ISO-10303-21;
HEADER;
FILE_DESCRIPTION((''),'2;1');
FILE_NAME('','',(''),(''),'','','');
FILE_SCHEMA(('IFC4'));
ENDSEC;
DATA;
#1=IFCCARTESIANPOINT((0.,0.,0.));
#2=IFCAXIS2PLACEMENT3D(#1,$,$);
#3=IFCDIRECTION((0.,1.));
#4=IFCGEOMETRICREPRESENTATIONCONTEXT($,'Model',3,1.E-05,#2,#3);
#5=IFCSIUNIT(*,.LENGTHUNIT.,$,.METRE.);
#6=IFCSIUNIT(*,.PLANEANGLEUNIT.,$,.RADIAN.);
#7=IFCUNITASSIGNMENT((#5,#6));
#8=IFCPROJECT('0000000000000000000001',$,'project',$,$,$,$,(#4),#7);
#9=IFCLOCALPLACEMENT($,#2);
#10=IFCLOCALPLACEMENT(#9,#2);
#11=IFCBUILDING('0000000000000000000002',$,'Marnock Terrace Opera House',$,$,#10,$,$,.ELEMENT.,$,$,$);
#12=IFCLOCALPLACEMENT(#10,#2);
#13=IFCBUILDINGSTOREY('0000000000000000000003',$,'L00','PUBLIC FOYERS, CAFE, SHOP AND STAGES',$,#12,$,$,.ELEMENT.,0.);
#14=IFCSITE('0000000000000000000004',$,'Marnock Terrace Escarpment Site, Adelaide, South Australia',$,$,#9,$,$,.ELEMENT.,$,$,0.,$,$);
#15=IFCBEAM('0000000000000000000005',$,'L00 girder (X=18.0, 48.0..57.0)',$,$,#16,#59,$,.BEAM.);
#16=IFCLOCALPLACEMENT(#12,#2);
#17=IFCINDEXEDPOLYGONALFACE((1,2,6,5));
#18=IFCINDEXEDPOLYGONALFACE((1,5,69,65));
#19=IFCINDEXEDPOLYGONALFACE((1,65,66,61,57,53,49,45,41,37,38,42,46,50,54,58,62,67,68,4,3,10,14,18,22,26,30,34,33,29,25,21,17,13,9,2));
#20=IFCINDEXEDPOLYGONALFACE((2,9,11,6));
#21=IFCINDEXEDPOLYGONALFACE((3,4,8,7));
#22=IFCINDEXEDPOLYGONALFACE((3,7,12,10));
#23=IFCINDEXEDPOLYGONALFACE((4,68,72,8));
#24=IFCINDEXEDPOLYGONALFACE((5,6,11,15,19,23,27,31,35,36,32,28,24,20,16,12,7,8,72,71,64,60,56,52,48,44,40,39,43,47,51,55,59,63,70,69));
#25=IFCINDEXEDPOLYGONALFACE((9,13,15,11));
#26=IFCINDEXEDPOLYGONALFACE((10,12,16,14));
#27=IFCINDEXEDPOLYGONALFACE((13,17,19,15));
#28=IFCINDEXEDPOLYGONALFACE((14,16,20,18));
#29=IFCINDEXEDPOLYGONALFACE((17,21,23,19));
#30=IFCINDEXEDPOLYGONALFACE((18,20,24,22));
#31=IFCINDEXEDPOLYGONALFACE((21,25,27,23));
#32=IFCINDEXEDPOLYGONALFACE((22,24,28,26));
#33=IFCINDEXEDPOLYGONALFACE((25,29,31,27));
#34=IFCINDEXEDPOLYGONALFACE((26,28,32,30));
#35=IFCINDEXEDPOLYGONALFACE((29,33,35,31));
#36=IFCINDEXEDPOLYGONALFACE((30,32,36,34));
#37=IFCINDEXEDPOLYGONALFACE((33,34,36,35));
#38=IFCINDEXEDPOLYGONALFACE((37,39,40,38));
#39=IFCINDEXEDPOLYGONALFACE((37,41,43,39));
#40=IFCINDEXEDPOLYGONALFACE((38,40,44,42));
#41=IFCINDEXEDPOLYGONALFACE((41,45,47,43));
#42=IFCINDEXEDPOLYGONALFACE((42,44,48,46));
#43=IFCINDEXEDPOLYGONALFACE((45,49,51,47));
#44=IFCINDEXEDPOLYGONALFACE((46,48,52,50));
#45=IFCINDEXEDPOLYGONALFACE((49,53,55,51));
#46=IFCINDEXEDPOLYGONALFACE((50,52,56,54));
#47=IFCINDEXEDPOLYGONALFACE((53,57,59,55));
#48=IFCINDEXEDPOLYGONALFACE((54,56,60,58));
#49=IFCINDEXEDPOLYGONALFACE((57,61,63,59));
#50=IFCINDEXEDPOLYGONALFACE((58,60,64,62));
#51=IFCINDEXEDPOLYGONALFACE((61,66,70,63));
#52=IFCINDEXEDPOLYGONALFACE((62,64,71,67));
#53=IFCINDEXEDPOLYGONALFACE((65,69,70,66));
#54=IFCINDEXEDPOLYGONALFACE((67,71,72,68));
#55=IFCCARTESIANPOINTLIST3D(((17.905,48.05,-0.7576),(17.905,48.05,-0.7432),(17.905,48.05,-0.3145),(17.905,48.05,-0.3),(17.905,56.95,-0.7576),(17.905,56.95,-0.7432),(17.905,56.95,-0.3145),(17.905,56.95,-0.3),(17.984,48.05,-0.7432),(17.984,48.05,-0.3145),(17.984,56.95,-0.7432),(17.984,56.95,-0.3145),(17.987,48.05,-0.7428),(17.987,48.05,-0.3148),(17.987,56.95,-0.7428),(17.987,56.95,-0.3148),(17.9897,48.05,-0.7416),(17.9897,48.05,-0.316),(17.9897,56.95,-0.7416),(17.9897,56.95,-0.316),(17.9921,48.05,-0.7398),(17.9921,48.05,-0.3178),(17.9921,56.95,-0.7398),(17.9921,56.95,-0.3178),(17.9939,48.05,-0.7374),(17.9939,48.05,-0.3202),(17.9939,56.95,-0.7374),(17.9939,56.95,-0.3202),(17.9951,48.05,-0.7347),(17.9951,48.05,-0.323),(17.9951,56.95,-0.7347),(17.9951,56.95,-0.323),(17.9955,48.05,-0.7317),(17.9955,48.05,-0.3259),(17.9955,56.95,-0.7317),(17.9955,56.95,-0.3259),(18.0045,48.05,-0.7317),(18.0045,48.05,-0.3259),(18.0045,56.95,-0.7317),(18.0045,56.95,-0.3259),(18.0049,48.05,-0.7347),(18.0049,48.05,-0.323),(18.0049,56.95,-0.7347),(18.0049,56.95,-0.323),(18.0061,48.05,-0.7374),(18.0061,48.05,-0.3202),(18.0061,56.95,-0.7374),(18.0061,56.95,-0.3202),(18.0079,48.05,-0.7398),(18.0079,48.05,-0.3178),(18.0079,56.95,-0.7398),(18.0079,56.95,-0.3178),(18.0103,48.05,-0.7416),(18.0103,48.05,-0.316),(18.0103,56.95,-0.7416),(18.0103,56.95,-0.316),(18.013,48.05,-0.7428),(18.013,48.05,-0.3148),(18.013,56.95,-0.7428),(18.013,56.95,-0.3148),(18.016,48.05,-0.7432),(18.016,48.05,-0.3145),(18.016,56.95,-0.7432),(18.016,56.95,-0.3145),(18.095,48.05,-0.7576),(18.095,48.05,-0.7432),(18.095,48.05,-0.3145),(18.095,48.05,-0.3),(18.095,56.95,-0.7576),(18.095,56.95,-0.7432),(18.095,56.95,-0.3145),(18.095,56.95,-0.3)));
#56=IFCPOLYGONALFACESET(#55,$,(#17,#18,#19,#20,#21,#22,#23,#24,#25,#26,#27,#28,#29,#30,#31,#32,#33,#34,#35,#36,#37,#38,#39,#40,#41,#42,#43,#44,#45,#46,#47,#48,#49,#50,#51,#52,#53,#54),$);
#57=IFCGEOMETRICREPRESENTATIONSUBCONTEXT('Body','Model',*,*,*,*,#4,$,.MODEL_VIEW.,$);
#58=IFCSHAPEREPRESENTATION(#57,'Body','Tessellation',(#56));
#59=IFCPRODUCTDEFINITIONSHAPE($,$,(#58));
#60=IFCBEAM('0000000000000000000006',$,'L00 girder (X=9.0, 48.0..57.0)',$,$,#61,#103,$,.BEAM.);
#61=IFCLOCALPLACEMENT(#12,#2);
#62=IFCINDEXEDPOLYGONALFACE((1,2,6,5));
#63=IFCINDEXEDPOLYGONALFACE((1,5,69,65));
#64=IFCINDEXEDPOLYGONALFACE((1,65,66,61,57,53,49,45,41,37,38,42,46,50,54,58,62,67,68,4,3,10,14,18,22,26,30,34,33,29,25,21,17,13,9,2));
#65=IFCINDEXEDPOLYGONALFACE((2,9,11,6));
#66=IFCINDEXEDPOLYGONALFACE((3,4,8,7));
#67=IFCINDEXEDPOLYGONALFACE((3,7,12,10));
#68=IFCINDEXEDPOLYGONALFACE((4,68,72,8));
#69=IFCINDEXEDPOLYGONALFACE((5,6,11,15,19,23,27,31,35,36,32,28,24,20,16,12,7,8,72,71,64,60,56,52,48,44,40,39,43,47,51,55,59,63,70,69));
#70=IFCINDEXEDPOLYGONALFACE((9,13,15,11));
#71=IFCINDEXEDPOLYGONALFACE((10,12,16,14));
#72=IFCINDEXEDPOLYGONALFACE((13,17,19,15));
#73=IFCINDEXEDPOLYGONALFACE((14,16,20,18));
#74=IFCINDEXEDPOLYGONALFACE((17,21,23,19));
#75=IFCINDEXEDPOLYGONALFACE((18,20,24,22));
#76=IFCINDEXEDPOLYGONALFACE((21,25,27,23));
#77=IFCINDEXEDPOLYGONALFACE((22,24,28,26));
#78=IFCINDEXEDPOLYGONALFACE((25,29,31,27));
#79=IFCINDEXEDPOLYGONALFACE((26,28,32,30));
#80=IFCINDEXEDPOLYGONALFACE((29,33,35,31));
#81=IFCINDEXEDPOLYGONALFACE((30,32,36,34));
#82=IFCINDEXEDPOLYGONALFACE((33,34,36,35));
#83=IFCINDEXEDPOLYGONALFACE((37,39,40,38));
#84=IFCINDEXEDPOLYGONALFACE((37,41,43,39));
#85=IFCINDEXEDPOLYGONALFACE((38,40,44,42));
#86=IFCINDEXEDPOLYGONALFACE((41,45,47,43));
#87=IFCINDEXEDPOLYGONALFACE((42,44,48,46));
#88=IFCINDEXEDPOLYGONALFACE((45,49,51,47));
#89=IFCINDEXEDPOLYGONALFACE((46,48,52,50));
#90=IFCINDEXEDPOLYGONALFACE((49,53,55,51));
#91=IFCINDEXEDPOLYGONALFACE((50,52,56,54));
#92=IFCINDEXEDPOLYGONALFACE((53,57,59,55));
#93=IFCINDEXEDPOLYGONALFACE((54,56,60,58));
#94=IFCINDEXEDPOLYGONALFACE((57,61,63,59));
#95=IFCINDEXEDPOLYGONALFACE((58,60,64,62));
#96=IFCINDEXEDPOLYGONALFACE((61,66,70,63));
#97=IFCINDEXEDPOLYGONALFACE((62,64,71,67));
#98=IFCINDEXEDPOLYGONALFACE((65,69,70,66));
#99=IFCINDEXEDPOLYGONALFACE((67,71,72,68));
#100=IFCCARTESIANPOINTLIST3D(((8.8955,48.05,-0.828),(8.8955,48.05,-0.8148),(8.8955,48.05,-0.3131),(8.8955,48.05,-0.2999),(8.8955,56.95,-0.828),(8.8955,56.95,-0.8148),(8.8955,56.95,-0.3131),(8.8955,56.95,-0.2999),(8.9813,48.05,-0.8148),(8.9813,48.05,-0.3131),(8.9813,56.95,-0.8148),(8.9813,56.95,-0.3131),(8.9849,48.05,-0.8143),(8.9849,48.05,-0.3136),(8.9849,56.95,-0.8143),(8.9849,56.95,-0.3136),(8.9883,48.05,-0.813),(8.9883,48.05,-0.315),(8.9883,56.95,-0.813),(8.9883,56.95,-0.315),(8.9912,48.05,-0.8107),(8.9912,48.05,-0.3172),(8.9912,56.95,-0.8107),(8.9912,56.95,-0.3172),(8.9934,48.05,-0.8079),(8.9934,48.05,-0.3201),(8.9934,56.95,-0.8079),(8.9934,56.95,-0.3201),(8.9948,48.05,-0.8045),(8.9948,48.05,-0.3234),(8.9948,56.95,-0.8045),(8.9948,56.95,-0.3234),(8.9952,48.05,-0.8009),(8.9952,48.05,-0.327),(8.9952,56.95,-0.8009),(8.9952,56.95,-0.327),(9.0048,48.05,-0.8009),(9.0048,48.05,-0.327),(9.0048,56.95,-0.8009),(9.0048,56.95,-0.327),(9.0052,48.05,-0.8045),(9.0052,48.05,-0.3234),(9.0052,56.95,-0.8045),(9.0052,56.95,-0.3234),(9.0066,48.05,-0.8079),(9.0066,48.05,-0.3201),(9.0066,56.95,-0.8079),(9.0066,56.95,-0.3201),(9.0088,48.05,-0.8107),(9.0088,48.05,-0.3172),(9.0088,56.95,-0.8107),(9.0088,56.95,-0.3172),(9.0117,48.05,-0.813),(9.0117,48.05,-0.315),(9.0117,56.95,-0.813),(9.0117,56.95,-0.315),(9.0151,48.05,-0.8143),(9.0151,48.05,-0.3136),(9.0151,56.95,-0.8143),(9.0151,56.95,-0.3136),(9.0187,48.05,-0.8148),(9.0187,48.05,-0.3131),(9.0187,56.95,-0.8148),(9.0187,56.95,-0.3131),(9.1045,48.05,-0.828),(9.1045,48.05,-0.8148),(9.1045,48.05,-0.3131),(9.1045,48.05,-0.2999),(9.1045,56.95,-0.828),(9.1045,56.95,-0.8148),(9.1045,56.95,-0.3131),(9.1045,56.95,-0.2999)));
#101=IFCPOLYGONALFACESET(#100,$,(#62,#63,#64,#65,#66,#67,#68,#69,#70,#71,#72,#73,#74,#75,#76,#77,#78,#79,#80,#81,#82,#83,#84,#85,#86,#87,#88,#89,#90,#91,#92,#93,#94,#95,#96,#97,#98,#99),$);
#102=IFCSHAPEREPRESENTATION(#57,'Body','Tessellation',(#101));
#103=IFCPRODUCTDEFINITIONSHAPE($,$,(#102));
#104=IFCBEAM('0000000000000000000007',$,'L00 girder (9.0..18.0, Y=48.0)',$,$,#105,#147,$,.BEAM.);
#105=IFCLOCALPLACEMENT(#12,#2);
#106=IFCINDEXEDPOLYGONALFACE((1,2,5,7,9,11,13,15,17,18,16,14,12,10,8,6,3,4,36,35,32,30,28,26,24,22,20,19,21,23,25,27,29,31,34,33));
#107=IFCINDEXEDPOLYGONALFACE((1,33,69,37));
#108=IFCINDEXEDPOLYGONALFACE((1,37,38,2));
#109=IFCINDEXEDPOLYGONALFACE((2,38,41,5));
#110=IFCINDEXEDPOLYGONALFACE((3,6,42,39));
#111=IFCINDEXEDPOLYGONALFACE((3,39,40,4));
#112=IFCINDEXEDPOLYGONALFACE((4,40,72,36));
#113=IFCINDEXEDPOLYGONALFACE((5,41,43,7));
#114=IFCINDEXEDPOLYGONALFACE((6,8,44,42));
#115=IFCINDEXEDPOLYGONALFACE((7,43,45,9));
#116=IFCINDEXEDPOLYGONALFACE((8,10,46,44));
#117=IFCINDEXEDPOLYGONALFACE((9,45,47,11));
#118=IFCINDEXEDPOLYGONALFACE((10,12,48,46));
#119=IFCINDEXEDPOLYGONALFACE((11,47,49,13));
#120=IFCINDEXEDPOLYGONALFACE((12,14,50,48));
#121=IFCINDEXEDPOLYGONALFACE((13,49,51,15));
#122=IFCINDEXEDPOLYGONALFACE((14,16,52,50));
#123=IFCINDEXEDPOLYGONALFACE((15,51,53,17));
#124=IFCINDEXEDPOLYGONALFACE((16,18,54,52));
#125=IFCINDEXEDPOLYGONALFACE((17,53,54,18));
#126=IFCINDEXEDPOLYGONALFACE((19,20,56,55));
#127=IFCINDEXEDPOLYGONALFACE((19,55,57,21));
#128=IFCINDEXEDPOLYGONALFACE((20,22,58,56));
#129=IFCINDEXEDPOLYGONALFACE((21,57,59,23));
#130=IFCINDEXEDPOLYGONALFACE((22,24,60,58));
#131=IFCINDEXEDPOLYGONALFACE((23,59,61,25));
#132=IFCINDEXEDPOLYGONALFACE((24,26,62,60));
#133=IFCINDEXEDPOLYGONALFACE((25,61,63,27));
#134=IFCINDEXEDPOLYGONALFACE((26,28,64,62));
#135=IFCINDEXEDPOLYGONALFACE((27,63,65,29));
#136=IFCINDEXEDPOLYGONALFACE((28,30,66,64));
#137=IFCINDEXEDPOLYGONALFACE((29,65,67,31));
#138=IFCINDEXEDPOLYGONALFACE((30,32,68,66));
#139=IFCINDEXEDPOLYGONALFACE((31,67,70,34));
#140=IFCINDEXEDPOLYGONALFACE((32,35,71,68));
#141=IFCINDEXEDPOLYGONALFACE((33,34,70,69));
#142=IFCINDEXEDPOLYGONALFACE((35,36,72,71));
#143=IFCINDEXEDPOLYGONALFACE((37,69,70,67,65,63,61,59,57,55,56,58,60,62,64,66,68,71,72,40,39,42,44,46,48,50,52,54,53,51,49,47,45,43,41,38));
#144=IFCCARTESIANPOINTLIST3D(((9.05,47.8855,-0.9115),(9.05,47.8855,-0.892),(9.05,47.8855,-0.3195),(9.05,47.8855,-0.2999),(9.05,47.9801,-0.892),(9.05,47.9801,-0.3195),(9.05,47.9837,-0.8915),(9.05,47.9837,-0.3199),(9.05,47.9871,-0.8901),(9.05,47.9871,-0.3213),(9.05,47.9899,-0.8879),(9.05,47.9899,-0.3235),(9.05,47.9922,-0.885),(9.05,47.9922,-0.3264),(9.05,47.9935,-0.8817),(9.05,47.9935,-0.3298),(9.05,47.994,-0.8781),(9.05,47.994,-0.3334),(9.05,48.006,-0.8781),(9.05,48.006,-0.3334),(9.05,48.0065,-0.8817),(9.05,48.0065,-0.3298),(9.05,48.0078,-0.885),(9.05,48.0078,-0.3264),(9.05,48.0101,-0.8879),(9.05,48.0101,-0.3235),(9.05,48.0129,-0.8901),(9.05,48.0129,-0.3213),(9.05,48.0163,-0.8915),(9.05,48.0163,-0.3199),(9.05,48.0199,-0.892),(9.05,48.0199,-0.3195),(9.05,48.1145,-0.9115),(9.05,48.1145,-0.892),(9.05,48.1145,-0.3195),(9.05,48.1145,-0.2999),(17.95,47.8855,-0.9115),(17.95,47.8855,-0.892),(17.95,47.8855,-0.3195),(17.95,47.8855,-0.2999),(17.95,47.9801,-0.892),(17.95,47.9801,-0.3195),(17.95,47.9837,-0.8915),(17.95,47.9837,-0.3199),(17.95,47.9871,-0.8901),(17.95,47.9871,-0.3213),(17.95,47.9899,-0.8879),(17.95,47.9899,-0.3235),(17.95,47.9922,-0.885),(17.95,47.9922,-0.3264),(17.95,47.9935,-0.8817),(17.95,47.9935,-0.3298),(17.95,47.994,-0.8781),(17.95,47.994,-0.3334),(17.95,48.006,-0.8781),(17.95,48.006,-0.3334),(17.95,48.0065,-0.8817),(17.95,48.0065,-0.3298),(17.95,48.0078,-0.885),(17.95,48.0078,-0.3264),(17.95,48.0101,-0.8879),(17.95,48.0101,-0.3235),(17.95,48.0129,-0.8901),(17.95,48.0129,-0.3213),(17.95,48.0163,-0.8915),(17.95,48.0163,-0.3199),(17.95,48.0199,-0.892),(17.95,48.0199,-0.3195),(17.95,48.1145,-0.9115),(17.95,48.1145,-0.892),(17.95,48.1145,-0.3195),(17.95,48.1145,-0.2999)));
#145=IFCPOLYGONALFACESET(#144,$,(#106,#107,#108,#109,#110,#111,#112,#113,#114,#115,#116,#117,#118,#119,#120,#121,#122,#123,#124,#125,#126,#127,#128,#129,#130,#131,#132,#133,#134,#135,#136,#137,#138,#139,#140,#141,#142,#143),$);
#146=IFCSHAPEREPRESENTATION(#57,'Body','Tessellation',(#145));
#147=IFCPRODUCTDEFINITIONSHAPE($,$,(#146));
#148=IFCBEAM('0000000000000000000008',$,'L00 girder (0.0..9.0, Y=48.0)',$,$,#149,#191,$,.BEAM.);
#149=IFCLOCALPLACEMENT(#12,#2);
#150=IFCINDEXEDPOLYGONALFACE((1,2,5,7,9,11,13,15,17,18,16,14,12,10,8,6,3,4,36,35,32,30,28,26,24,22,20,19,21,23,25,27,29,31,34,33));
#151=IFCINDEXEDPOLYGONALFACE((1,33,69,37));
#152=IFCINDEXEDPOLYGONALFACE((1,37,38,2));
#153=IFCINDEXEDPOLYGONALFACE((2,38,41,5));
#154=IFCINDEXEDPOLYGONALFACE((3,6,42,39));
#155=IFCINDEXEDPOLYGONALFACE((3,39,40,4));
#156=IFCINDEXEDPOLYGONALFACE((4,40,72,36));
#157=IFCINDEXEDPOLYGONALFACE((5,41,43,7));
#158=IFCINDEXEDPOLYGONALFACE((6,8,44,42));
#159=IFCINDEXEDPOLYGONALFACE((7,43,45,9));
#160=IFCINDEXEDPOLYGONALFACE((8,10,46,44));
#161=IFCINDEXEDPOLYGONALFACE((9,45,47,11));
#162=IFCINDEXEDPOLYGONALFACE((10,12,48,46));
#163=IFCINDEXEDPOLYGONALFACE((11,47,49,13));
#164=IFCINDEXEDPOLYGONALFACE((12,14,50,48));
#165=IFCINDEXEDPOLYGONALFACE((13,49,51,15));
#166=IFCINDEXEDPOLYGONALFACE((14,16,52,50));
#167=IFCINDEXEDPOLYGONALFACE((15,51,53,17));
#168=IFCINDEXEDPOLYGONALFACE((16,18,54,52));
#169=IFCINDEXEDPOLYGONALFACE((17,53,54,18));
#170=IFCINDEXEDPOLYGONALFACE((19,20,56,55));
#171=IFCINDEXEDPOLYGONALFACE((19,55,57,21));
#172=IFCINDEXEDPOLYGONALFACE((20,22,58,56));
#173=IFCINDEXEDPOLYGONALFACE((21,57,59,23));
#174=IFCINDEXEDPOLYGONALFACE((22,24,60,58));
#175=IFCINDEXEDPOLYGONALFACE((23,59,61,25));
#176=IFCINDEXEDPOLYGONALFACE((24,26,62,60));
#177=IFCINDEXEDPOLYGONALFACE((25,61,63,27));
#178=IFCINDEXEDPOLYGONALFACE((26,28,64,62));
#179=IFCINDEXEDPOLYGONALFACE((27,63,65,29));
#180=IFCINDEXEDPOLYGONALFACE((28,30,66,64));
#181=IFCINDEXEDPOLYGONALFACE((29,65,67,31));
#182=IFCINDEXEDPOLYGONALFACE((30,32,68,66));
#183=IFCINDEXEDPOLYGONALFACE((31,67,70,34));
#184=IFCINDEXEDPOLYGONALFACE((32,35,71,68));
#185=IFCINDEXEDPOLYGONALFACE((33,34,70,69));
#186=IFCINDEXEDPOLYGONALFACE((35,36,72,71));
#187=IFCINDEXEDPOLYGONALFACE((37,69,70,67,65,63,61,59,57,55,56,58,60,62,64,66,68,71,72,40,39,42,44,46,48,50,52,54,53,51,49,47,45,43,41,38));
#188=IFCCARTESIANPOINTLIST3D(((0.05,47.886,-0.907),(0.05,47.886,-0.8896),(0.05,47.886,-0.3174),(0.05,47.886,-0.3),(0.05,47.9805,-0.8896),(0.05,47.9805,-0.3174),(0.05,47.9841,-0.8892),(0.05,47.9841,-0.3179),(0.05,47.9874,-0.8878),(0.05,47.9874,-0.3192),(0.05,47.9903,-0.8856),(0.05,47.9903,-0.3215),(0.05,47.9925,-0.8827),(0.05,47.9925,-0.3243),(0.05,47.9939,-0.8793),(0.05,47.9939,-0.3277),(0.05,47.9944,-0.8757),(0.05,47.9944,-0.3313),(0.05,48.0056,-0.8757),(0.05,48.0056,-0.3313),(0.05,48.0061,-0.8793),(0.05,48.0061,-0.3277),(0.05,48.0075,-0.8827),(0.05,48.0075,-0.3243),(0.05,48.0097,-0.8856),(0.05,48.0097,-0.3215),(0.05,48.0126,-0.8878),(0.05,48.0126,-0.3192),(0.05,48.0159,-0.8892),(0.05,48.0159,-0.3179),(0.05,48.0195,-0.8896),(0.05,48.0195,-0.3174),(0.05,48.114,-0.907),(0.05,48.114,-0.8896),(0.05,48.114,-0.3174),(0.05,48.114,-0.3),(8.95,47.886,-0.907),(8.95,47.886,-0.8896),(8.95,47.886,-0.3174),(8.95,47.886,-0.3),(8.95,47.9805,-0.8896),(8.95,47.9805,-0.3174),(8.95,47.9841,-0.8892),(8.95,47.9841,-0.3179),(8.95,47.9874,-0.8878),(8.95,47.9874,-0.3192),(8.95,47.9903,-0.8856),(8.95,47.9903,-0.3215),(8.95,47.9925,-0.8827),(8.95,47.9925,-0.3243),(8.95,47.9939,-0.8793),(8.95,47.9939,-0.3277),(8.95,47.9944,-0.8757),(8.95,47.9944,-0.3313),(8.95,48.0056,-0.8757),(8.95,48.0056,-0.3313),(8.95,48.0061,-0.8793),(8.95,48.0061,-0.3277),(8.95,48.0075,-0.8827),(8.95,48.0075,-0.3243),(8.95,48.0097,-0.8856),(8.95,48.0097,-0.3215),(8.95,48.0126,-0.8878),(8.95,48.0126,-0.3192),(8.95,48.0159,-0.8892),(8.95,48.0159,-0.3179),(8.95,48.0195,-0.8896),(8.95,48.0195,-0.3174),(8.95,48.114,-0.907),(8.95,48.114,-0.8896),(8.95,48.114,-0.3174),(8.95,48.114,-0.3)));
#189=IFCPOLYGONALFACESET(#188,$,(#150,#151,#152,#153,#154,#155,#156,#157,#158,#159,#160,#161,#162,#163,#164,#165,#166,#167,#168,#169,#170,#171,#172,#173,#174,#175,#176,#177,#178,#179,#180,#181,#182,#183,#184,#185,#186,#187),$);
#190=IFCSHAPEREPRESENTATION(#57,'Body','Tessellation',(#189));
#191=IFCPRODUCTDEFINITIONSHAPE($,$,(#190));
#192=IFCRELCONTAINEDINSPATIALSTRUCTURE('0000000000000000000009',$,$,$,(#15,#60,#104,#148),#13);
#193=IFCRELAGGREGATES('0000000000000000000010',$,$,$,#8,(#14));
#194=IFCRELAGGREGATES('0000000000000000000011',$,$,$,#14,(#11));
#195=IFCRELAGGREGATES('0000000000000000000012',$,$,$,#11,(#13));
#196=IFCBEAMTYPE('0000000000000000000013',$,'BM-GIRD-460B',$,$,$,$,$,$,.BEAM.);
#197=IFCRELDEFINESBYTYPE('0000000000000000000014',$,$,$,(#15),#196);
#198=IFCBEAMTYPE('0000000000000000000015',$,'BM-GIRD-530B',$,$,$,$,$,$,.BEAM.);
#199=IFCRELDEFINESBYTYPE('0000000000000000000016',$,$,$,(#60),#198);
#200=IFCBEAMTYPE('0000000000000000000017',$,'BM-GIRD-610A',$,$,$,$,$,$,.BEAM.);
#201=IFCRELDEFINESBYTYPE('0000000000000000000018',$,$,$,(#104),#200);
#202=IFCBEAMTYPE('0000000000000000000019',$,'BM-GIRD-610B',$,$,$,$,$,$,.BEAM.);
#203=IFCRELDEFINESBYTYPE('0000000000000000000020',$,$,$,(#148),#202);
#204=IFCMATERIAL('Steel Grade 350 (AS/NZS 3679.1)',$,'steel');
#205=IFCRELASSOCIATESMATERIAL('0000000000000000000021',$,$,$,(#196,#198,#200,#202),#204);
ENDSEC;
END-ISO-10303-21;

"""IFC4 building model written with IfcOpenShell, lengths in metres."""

from ifc_helpers import new_model, si_unit, direction, frame, origin, origin_2d, place, context, subcontext, project, spatial, i_section, extrude, material, material_profile, profile_set, type_object, element, save


model = new_model("IFC4")

# Units and contexts
model_context = context("Model", 3, precision=1e-05, world=origin(), true_north=direction((0.0, 1.0)))
body_context = subcontext(model_context, "Body", "Model", "MODEL_VIEW")
ifc_project = project(units=[si_unit("LENGTHUNIT", "METRE"), si_unit("PLANEANGLEUNIT", "RADIAN")], contexts=[model_context])

# Site, building, storey
site_placement = place(None, origin())
site = spatial("IfcSite", under=ifc_project, at=site_placement, Name="Marnock Terrace Escarpment Site, Adelaide, South Australia", CompositionType="ELEMENT", RefElevation=0.0)
building_placement = place(site_placement, origin())
building = spatial("IfcBuilding", under=site, at=building_placement, Name="Marnock Terrace Opera House", CompositionType="ELEMENT")
storey_placement = place(building_placement, origin())
storey = spatial("IfcBuildingStorey", under=building, at=storey_placement, Name="L00", Description="PUBLIC FOYERS, CAFE, SHOP AND STAGES", CompositionType="ELEMENT", Elevation=0.0)

# Shared definitions
ifc_material_1 = material(Name="Steel Grade 350 (AS/NZS 3679.1)", Category="steel")

# Beams
ifc_material_profile_1 = material_profile(ifc_material_1, i_section(OverallWidth=0.1899, OverallDepth=0.4575, WebThickness=0.009, FlangeThickness=0.0144, FilletRadius=0.0115, at=origin_2d()))
ifc_profile_set_1 = profile_set([ifc_material_profile_1], Name="Steel Grade 350 (AS/NZS 3679.1)")
beam_type_1 = type_object("IfcBeamType", Name="BM-GIRD-460B", PredefinedType="BEAM", material=ifc_profile_set_1)
beam_1_placement = place(storey_placement, frame((18.0, 48.05, -0.5288), z_axis=(0.0, 1.0, 0.0), x_axis=(-1.0, 0.0, 0.0)))
element("IfcBeam", 1, at=beam_1_placement, inside=storey, type_object=beam_type_1, Name="L00 girder (X=18.0, 48.0..57.0)", PredefinedType="BEAM", context=body_context, shape_type="SweptSolid", body=[
    extrude(i_section(OverallWidth=0.1899, OverallDepth=0.4575, WebThickness=0.009, FlangeThickness=0.0144, FilletRadius=0.0115, at=origin_2d()), origin(), (0.0, 0.0, 1.0), 8.8999),
])
ifc_material_profile_2 = material_profile(ifc_material_1, i_section(OverallWidth=0.209, OverallDepth=0.5281, WebThickness=0.0095, FlangeThickness=0.0132, FilletRadius=0.0139, at=origin_2d()))
ifc_profile_set_2 = profile_set([ifc_material_profile_2], Name="Steel Grade 350 (AS/NZS 3679.1)")
beam_type_2 = type_object("IfcBeamType", Name="BM-GIRD-530B", PredefinedType="BEAM", material=ifc_profile_set_2)
beam_2_placement = place(storey_placement, frame((9.0, 48.05, -0.564), z_axis=(0.0, 1.0, 0.0), x_axis=(-1.0, 0.0, 0.0)))
element("IfcBeam", 2, at=beam_2_placement, inside=storey, type_object=beam_type_2, Name="L00 girder (X=9.0, 48.0..57.0)", PredefinedType="BEAM", context=body_context, shape_type="SweptSolid", body=[
    extrude(i_section(OverallWidth=0.209, OverallDepth=0.5281, WebThickness=0.0095, FlangeThickness=0.0132, FilletRadius=0.0139, at=origin_2d()), origin(), (0.0, 0.0, 1.0), 8.8999),
])
ifc_material_profile_3 = material_profile(ifc_material_1, i_section(OverallWidth=0.229, OverallDepth=0.6116, WebThickness=0.012, FlangeThickness=0.0195, FilletRadius=0.0139, at=origin_2d()))
ifc_profile_set_3 = profile_set([ifc_material_profile_3], Name="Steel Grade 350 (AS/NZS 3679.1)")
beam_type_3 = type_object("IfcBeamType", Name="BM-GIRD-610A", PredefinedType="BEAM", material=ifc_profile_set_3)
beam_3_placement = place(storey_placement, frame((9.05, 48.0, -0.6057), z_axis=(1.0, 0.0, 0.0), x_axis=(0.0, 1.0, 0.0)))
element("IfcBeam", 3, at=beam_3_placement, inside=storey, type_object=beam_type_3, Name="L00 girder (9.0..18.0, Y=48.0)", PredefinedType="BEAM", context=body_context, shape_type="SweptSolid", body=[
    extrude(i_section(OverallWidth=0.229, OverallDepth=0.6116, WebThickness=0.012, FlangeThickness=0.0195, FilletRadius=0.0139, at=origin_2d()), origin(), (0.0, 0.0, 1.0), 8.8999),
])
ifc_material_profile_4 = material_profile(ifc_material_1, i_section(OverallWidth=0.228, OverallDepth=0.6069, WebThickness=0.0112, FlangeThickness=0.0173, FilletRadius=0.0139, at=origin_2d()))
ifc_profile_set_4 = profile_set([ifc_material_profile_4], Name="Steel Grade 350 (AS/NZS 3679.1)")
beam_type_4 = type_object("IfcBeamType", Name="BM-GIRD-610B", PredefinedType="BEAM", material=ifc_profile_set_4)
beam_4_placement = place(storey_placement, frame((0.05, 48.0, -0.6035), z_axis=(1.0, 0.0, 0.0), x_axis=(0.0, 1.0, 0.0)))
element("IfcBeam", 4, at=beam_4_placement, inside=storey, type_object=beam_type_4, Name="L00 girder (0.0..9.0, Y=48.0)", PredefinedType="BEAM", context=body_context, shape_type="SweptSolid", body=[
    extrude(i_section(OverallWidth=0.228, OverallDepth=0.6069, WebThickness=0.0112, FlangeThickness=0.0173, FilletRadius=0.0139, at=origin_2d()), origin(), (0.0, 0.0, 1.0), 8.8999),
])

save(model, "model.ifc")
